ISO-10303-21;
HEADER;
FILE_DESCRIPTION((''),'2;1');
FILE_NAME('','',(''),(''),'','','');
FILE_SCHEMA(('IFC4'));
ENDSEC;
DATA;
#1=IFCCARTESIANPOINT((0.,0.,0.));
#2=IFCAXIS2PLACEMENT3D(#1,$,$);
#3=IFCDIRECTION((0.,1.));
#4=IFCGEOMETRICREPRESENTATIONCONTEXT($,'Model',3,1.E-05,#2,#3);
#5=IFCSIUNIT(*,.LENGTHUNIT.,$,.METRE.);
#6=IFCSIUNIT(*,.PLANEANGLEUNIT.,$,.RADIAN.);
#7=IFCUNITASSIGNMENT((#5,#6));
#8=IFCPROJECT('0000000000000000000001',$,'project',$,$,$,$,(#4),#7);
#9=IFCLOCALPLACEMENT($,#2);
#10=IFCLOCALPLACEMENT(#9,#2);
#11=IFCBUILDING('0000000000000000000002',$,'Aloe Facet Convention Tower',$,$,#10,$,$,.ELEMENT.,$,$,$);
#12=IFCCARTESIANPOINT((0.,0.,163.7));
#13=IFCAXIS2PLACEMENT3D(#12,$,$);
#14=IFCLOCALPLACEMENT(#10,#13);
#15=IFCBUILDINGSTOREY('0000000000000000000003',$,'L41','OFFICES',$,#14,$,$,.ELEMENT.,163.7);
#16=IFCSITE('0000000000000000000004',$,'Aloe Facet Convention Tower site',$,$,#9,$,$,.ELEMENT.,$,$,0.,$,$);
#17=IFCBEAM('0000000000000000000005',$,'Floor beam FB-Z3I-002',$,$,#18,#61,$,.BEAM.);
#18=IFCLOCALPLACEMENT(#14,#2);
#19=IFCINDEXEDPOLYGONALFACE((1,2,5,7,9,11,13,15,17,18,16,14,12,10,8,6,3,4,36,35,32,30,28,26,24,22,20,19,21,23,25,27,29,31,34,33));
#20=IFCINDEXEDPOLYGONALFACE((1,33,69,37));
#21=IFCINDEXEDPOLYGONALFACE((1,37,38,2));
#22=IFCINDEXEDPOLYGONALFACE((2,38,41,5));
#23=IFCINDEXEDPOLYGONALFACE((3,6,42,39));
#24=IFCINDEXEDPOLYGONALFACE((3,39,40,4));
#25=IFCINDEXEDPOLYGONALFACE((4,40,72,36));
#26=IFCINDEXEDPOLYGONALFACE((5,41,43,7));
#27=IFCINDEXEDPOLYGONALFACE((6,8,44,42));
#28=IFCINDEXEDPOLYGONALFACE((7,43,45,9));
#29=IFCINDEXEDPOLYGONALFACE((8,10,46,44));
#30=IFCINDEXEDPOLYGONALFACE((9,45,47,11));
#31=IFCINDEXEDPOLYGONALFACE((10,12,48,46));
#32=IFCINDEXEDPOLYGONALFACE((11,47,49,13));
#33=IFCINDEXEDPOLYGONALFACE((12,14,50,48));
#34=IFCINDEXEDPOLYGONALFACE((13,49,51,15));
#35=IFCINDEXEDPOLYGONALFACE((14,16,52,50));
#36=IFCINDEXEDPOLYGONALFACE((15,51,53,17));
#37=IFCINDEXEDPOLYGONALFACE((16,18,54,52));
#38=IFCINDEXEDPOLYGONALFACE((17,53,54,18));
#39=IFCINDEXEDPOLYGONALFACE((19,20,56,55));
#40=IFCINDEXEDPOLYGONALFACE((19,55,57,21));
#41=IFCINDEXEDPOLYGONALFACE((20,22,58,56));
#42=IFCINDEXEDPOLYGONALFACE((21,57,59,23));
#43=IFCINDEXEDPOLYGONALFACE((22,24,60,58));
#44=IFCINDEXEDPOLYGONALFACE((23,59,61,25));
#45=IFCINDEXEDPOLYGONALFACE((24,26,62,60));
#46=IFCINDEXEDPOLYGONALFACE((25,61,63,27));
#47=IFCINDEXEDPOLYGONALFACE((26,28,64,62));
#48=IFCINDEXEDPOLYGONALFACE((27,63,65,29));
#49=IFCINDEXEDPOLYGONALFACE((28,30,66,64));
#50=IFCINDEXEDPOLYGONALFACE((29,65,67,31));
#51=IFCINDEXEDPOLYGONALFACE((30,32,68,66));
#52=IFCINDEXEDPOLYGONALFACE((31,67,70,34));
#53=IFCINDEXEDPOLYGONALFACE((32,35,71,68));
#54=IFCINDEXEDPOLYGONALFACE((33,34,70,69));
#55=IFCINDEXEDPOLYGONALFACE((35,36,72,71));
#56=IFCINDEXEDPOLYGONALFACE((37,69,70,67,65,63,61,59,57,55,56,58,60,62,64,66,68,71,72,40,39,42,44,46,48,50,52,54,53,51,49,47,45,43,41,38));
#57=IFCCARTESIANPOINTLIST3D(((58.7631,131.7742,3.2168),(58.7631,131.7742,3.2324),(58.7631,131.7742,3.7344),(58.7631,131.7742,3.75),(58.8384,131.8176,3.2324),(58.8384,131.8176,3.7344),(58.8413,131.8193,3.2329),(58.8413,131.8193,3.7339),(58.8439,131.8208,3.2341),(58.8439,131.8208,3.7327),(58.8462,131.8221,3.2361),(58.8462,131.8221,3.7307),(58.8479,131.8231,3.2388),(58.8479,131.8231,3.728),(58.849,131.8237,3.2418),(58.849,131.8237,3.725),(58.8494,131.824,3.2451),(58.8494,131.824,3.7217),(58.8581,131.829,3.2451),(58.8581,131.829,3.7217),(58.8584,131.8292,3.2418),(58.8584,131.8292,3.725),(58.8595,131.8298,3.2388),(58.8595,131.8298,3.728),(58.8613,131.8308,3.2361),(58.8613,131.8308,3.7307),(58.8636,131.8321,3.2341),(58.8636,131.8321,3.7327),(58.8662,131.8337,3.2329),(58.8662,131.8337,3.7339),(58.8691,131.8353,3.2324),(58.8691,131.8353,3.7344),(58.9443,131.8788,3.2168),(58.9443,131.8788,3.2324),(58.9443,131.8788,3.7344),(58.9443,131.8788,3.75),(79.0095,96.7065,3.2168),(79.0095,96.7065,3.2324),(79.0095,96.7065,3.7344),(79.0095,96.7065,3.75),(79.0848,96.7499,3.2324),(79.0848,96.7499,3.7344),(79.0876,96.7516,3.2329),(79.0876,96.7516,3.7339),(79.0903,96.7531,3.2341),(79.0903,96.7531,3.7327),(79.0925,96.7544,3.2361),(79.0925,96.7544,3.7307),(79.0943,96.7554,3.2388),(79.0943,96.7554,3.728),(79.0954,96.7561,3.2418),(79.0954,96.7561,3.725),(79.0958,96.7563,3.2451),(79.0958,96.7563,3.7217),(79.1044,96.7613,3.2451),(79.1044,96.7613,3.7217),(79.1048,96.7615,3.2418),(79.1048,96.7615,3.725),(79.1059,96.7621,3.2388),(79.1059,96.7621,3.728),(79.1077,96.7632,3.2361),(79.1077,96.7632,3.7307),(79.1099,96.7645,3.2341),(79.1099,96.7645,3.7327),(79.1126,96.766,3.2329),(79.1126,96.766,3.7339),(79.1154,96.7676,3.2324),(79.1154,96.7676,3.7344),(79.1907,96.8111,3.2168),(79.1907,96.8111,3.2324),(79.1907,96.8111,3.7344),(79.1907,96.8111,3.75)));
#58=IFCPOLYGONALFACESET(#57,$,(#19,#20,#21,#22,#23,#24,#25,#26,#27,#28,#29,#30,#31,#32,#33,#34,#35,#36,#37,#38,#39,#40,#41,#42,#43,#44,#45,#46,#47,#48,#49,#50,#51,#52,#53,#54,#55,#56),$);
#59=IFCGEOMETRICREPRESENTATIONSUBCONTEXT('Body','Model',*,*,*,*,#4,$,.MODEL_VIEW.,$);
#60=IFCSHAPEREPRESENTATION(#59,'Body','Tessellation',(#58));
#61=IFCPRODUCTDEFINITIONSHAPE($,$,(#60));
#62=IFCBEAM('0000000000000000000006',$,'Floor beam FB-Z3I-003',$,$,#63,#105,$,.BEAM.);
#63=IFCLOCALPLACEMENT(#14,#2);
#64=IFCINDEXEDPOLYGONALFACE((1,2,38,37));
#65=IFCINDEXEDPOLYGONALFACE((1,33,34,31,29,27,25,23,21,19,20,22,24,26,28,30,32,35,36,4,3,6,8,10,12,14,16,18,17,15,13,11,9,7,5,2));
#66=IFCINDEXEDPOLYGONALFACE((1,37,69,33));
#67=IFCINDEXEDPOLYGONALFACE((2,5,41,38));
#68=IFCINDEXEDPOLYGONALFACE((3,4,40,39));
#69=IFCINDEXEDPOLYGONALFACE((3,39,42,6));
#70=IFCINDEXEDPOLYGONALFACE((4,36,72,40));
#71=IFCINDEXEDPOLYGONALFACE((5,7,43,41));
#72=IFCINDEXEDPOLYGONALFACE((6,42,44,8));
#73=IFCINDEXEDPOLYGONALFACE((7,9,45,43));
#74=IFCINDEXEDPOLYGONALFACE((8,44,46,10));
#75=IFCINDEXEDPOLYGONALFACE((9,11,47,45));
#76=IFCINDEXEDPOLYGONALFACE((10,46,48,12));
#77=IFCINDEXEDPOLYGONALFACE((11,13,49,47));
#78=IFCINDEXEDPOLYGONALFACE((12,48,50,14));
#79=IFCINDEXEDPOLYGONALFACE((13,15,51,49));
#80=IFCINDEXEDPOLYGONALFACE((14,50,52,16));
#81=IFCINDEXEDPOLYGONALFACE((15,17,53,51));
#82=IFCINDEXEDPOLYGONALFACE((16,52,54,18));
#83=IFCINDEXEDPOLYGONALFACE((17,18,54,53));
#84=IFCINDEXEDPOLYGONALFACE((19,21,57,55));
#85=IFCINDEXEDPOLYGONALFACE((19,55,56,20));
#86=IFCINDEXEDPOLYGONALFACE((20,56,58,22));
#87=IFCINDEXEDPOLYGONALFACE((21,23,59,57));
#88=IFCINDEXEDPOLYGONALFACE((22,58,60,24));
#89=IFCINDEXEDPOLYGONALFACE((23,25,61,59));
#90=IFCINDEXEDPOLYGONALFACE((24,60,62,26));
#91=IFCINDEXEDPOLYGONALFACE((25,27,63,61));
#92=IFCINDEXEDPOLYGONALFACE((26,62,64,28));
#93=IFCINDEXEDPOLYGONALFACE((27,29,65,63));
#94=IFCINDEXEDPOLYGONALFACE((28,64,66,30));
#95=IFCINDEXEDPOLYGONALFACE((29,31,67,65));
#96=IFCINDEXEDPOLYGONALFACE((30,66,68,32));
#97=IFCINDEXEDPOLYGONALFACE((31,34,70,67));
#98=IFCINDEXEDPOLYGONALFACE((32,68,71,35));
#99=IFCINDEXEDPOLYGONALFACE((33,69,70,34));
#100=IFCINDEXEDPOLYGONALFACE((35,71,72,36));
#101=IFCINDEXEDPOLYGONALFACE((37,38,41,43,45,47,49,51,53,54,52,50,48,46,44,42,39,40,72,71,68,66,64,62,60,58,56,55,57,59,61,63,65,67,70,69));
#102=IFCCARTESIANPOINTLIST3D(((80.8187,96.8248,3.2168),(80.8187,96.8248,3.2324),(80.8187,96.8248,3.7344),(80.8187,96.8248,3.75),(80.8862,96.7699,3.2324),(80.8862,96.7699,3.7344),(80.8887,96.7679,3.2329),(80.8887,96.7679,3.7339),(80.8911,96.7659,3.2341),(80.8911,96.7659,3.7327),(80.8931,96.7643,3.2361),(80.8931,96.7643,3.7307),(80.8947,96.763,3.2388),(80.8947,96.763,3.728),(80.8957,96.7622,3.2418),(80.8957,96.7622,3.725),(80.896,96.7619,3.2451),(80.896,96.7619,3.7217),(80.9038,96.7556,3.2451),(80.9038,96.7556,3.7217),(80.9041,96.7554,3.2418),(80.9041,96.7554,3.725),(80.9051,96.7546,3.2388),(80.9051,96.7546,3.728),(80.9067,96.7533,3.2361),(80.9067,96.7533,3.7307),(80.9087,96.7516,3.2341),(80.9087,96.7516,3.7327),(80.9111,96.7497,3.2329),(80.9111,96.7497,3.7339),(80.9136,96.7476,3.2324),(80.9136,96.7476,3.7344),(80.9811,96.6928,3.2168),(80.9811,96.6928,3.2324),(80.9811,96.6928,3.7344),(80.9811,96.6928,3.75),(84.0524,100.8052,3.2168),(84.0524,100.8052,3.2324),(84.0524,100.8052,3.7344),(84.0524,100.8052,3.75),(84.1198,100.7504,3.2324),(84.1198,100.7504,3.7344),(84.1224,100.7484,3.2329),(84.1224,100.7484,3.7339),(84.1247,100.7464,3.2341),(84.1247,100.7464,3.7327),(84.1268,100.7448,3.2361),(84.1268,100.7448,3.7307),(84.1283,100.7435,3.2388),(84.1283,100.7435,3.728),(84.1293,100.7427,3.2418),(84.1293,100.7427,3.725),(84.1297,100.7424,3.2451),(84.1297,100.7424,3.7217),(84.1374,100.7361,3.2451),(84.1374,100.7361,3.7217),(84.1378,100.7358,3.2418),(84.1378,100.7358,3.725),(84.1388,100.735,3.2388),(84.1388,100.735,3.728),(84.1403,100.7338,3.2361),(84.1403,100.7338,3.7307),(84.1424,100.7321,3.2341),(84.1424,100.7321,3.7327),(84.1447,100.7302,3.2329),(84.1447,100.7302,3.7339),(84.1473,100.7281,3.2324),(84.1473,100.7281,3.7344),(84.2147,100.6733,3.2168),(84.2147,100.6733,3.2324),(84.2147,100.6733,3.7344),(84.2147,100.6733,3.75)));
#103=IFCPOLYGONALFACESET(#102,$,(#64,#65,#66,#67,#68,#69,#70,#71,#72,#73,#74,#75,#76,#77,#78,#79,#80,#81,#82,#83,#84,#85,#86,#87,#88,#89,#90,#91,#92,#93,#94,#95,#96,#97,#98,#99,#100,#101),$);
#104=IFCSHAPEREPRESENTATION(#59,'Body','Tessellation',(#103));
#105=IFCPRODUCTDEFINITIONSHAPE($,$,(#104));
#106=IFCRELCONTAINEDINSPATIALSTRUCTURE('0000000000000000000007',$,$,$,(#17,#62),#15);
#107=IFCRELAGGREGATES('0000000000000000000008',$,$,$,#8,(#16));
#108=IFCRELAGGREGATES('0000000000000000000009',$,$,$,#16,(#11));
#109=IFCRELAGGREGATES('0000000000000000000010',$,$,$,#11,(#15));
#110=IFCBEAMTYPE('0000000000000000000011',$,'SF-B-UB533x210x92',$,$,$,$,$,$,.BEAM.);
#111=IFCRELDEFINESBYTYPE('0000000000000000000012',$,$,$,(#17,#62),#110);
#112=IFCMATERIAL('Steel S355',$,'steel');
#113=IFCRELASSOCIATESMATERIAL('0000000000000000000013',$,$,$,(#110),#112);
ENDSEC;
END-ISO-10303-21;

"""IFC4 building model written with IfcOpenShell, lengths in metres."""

from ifc_helpers import new_model, si_unit, direction, frame, origin, origin_2d, place, context, subcontext, project, spatial, i_section, extrude, material, material_profile, profile_set, type_object, element, save


model = new_model("IFC4")

# Units and contexts
model_context = context("Model", 3, precision=1e-05, world=origin(), true_north=direction((0.0, 1.0)))
body_context = subcontext(model_context, "Body", "Model", "MODEL_VIEW")
ifc_project = project(units=[si_unit("LENGTHUNIT", "METRE"), si_unit("PLANEANGLEUNIT", "RADIAN")], contexts=[model_context])

# Site, building, storey
site_placement = place(None, origin())
site = spatial("IfcSite", under=ifc_project, at=site_placement, Name="Aloe Facet Convention Tower site", CompositionType="ELEMENT", RefElevation=0.0)
building_placement = place(site_placement, origin())
building = spatial("IfcBuilding", under=site, at=building_placement, Name="Aloe Facet Convention Tower", CompositionType="ELEMENT")
storey_placement = place(building_placement, frame((0.0, 0.0, 163.7)))
storey = spatial("IfcBuildingStorey", under=building, at=storey_placement, Name="L41", Description="OFFICES", CompositionType="ELEMENT", Elevation=163.7)

# Beams
ifc_material_1 = material(Name="Steel S355", Category="steel")
ifc_material_profile = material_profile(ifc_material_1, i_section(OverallWidth=0.2092, OverallDepth=0.5332, WebThickness=0.01, FlangeThickness=0.0156, FilletRadius=0.0127, at=origin_2d()), Name="UB 533x210x92")
ifc_profile_set = profile_set([ifc_material_profile], Name="Steel S355")
beam_type = type_object("IfcBeamType", Name="SF-B-UB533x210x92", PredefinedType="BEAM", material=ifc_profile_set)
beam_1_placement = place(storey_placement, frame((79.1001, 96.7588, 3.4834), z_axis=(-0.500001, 0.866025, 0.0), x_axis=(-0.866025, -0.500001, 0.0)))
element("IfcBeam", 1, at=beam_1_placement, inside=storey, type_object=beam_type, Name="Floor beam FB-Z3I-002", PredefinedType="BEAM", context=body_context, shape_type="SweptSolid", body=[
    extrude(i_section(OverallWidth=0.2092, OverallDepth=0.5332, WebThickness=0.01, FlangeThickness=0.0156, FilletRadius=0.0127, at=origin_2d()), origin(), (0.0, 0.0, 1.0), 40.4927),
])
beam_2_placement = place(storey_placement, frame((80.8999, 96.7588, 3.4834), z_axis=(0.630535, 0.776161, 0.0), x_axis=(-0.776161, 0.630535, 0.0)))
element("IfcBeam", 2, at=beam_2_placement, inside=storey, type_object=beam_type, Name="Floor beam FB-Z3I-003", PredefinedType="BEAM", context=body_context, shape_type="SweptSolid", body=[
    extrude(i_section(OverallWidth=0.2092, OverallDepth=0.5332, WebThickness=0.01, FlangeThickness=0.0156, FilletRadius=0.0127, at=origin_2d()), origin(), (0.0, 0.0, 1.0), 5.1284),
])

save(model, "model.ifc")
